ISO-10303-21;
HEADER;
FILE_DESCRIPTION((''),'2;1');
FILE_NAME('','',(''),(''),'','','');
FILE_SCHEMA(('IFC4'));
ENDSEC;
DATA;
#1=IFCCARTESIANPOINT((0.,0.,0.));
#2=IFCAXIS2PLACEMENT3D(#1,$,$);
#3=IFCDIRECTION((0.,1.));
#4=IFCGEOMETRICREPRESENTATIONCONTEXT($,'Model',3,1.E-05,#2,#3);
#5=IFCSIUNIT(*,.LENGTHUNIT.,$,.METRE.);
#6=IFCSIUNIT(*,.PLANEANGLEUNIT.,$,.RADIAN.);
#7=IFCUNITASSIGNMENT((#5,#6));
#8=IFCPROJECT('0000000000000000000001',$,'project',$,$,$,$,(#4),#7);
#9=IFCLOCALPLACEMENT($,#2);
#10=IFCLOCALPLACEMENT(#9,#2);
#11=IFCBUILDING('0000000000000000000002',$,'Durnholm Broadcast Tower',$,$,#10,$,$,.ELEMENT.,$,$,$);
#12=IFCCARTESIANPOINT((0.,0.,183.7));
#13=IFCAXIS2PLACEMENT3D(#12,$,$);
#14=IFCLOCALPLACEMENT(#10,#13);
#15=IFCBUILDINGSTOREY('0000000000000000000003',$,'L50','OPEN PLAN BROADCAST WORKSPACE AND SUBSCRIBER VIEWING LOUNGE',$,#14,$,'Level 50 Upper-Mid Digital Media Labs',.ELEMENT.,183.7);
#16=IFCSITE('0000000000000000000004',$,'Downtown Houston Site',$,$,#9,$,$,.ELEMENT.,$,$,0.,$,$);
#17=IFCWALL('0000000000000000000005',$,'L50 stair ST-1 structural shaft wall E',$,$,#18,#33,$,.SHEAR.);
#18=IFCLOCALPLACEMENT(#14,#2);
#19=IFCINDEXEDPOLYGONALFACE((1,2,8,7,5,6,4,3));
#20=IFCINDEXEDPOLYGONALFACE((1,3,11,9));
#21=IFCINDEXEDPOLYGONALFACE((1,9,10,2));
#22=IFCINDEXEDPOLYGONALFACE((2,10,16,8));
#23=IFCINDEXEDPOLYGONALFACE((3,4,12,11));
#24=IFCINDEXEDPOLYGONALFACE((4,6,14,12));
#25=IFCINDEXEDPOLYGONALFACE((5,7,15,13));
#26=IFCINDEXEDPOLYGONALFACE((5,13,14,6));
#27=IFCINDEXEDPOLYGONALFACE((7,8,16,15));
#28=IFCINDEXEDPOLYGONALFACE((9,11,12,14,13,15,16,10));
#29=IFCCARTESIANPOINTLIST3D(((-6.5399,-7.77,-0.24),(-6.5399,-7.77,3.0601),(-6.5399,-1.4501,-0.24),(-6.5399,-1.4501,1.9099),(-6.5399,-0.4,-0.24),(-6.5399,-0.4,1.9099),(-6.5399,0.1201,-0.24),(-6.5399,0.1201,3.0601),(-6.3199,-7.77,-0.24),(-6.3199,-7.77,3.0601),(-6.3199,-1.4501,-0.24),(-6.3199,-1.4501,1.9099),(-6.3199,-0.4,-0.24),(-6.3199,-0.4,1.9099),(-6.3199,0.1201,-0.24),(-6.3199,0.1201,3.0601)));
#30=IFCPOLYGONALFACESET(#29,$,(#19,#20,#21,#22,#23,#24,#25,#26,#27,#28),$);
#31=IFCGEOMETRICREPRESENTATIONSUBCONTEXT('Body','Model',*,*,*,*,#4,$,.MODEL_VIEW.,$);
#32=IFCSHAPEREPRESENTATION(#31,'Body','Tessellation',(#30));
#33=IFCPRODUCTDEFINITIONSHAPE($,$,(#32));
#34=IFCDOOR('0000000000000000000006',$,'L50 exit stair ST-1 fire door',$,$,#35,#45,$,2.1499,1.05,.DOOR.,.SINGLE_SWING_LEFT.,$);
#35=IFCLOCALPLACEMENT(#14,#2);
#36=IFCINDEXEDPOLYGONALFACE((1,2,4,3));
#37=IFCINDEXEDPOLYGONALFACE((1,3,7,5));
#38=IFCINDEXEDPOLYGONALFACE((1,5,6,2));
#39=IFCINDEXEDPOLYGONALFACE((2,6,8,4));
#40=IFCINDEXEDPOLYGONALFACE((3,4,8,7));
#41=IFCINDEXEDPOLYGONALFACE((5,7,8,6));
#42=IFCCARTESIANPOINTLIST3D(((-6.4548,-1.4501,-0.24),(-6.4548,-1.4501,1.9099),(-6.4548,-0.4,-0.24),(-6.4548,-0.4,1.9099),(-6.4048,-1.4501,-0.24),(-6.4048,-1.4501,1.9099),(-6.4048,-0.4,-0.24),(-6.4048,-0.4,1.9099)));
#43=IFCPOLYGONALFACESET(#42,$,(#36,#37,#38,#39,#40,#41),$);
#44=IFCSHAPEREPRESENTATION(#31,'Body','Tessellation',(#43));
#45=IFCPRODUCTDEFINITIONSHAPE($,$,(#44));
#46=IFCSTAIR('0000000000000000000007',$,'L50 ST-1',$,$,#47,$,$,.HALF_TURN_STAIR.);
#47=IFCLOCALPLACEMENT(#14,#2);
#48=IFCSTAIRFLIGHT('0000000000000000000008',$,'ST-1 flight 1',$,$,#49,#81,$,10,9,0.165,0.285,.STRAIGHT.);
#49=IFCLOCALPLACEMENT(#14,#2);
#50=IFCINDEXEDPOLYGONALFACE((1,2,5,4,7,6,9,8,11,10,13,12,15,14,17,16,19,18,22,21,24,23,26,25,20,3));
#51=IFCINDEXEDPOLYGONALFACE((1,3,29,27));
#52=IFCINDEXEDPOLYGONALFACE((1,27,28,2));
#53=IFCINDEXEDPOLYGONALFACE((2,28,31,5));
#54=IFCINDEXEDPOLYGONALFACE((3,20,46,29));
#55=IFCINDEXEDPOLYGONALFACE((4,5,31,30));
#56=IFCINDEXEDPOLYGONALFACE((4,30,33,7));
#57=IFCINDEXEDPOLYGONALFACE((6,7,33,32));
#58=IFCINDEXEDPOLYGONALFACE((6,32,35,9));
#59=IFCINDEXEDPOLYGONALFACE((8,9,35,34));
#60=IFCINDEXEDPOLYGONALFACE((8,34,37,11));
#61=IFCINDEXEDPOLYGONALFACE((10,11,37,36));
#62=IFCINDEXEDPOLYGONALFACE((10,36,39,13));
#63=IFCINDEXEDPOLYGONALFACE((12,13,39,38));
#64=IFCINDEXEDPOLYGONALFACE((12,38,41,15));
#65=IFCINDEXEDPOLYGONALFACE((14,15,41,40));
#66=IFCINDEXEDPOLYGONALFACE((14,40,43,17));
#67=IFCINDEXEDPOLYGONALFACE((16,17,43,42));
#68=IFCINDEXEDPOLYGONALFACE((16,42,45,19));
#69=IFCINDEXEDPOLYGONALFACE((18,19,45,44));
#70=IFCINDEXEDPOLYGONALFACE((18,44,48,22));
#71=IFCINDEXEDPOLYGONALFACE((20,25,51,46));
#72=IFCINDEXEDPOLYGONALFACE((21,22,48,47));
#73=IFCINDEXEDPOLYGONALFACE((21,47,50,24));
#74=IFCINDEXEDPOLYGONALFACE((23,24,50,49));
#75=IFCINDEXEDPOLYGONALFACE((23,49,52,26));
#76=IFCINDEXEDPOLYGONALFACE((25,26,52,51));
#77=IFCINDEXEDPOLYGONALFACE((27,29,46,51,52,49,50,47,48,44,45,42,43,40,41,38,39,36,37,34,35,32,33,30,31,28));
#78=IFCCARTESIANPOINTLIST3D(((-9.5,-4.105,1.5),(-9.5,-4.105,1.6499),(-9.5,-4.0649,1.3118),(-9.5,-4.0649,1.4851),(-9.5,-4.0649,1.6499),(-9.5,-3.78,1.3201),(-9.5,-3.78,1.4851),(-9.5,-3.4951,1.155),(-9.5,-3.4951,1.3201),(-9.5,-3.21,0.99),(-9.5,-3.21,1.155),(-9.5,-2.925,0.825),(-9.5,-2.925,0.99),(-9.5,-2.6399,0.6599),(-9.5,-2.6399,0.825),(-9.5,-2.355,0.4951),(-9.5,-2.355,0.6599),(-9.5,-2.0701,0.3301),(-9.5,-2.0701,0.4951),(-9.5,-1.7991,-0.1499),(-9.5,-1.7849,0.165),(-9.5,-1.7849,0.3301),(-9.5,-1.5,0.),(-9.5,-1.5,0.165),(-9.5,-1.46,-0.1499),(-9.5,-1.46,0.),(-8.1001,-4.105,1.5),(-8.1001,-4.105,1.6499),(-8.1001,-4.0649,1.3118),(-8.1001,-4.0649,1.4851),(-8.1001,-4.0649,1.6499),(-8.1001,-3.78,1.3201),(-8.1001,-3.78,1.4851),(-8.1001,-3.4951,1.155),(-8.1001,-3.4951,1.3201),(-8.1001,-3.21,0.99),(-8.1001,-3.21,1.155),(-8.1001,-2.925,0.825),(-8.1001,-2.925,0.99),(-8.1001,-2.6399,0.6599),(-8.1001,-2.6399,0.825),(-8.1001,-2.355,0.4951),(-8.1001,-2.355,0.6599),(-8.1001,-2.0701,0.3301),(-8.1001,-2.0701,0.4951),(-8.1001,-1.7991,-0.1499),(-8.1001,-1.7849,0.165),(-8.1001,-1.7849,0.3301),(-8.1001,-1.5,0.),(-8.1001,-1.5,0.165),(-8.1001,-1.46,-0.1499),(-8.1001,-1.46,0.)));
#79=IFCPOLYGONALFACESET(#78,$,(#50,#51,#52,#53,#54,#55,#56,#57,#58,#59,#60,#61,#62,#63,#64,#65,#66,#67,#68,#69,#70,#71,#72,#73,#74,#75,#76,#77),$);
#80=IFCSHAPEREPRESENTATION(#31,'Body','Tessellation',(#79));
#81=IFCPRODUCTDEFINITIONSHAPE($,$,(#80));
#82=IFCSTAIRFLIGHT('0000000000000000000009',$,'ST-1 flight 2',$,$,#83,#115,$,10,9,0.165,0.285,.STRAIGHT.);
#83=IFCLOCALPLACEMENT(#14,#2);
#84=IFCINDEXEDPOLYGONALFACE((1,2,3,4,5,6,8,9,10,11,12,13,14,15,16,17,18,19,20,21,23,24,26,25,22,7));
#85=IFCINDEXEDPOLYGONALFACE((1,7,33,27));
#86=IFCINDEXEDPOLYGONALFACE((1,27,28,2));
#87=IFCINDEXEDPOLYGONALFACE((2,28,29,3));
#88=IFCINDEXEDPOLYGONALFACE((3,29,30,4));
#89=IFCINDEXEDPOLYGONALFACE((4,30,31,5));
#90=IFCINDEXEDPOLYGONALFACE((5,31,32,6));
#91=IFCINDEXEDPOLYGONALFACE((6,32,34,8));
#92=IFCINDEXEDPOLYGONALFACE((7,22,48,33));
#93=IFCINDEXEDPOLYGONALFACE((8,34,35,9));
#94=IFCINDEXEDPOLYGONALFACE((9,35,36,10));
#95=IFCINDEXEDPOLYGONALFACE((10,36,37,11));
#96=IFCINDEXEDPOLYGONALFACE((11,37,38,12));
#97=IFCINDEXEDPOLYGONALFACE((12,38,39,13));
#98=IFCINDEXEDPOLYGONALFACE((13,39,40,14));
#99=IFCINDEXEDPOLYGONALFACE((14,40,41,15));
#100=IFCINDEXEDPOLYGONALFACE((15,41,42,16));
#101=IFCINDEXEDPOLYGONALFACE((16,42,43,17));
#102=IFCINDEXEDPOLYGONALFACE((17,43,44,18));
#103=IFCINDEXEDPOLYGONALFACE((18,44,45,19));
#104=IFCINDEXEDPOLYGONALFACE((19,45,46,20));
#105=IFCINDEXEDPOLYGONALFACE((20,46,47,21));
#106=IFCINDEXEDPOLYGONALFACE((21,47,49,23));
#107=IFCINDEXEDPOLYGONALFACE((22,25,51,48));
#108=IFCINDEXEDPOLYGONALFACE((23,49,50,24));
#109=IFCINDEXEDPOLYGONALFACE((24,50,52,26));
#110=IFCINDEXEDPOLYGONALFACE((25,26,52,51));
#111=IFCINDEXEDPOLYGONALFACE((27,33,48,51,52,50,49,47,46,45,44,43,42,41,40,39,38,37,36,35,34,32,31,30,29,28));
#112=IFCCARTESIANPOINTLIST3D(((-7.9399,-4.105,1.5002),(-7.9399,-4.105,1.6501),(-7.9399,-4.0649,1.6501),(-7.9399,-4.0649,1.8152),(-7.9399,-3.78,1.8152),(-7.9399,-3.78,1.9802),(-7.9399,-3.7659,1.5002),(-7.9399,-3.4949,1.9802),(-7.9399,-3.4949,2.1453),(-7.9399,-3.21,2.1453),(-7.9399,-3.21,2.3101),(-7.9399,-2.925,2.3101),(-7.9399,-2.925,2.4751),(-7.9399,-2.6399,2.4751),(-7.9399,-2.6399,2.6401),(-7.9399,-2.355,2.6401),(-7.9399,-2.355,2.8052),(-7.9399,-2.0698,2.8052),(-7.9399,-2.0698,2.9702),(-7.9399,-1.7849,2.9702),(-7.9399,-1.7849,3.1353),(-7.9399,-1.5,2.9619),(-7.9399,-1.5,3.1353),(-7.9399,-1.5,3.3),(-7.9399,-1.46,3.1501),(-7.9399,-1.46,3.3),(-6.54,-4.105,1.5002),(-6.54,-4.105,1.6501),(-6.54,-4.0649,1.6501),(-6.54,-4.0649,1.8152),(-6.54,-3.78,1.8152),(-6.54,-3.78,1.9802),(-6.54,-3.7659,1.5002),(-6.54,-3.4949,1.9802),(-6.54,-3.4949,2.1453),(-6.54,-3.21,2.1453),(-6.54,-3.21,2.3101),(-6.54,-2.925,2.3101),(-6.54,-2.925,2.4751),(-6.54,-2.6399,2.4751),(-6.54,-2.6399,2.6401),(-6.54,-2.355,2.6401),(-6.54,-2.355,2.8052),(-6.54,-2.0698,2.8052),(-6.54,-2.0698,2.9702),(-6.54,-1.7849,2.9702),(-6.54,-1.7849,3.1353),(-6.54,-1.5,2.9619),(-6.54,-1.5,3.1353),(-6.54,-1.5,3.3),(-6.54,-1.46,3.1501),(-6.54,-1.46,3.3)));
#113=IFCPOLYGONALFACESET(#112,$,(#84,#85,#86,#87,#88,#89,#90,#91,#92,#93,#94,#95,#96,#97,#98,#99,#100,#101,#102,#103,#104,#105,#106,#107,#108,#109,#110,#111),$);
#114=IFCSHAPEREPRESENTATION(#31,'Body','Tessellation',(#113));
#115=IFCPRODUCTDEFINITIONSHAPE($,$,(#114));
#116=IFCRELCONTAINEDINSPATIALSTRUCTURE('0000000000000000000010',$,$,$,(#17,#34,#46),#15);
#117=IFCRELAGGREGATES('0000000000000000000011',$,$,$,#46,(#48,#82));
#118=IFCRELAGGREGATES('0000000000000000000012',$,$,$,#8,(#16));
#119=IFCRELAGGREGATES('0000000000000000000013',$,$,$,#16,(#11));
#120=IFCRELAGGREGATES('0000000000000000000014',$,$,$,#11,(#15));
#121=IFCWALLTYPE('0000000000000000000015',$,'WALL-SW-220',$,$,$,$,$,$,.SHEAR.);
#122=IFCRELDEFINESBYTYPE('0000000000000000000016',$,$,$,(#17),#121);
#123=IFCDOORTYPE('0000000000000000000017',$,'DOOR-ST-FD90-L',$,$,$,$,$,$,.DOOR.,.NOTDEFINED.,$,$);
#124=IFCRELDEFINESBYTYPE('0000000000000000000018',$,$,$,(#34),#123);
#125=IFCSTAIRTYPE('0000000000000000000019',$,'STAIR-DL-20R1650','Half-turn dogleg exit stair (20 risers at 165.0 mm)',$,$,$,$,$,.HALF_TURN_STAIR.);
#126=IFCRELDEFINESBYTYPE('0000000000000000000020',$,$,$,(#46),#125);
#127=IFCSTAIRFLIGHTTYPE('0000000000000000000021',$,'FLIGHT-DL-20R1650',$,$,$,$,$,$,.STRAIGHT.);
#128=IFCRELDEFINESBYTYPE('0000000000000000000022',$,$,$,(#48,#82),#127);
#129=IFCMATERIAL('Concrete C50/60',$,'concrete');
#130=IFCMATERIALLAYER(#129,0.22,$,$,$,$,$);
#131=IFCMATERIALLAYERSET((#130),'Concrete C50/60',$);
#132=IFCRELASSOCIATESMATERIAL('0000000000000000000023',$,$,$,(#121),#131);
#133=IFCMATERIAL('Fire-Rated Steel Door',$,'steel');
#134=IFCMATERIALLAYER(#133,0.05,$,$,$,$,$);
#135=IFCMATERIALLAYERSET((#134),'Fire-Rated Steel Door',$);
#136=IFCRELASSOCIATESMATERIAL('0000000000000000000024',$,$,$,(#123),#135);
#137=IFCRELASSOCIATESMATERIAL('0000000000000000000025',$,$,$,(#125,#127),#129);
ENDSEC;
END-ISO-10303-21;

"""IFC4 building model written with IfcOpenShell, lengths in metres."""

from ifc_helpers import new_model, si_unit, direction, frame, frame_2d, origin, place, context, subcontext, project, spatial, polyline, rectangle, outline, extrude, source, transform, mapped, material, layer, layer_set, type_object, type_shapes, element, fill, aggregate, save


model = new_model("IFC4")

# Units and contexts
model_context = context("Model", 3, precision=1e-05, world=origin(), true_north=direction((0.0, 1.0)))
body_context = subcontext(model_context, "Body", "Model", "MODEL_VIEW")
ifc_project = project(units=[si_unit("LENGTHUNIT", "METRE"), si_unit("PLANEANGLEUNIT", "RADIAN")], contexts=[model_context])

# Site, building, storey
site_placement = place(None, origin())
site = spatial("IfcSite", under=ifc_project, at=site_placement, Name="Downtown Houston Site", CompositionType="ELEMENT", RefElevation=0.0)
building_placement = place(site_placement, origin())
building = spatial("IfcBuilding", under=site, at=building_placement, Name="Durnholm Broadcast Tower", CompositionType="ELEMENT")
storey_placement = place(building_placement, frame((0.0, 0.0, 183.7)))
storey = spatial("IfcBuildingStorey", under=building, at=storey_placement, Name="L50", Description="OPEN PLAN BROADCAST WORKSPACE AND SUBSCRIBER VIEWING LOUNGE", LongName="Level 50 Upper-Mid Digital Media Labs", CompositionType="ELEMENT", Elevation=183.7)

# Shared definitions
ifc_material_1 = material(Name="Concrete C50/60", Category="concrete")

# Wall, opening, door
ifc_layer_1 = layer(ifc_material_1, 0.22)
ifc_layer_set_1 = layer_set([ifc_layer_1], Name="Concrete C50/60")
wall_type_1 = type_object("IfcWallType", Name="WALL-SW-220", PredefinedType="SHEAR", material=ifc_layer_set_1)
wall_1_placement = place(storey_placement, frame((-6.4299, -7.77, -0.24), z_axis=(0.0, 0.0, 1.0), x_axis=(0.0, 1.0, 0.0)))
wall_1 = element("IfcWall", 1, at=wall_1_placement, inside=storey, type_object=wall_type_1, Name="L50 stair ST-1 structural shaft wall E", PredefinedType="SHEAR", context=body_context, shape_type="SweptSolid", body=[
    extrude(rectangle(XDim=7.8901, YDim=0.22, at=frame_2d((3.9451, 0.0))), origin(), (0.0, 0.0, 1.0), 3.3),
])
opening_1_placement = place(wall_1_placement, frame((6.3201, 0.0, 0.0)))
opening_1 = element("IfcOpeningElement", 2, at=opening_1_placement, cuts=wall_1, PredefinedType="OPENING", context=body_context, shape_type="SweptSolid", body=[
    extrude(rectangle(XDim=1.05, YDim=2.1499, at=frame_2d((0.5249, 1.075))), frame((0.0, 0.1201, 0.0), z_axis=(0.0, -1.0, 0.0), x_axis=(1.0, 0.0, 0.0)), (0.0, 0.0, 1.0), 0.24),
])
ifc_material_2 = material(Name="Fire-Rated Steel Door", Category="steel")
ifc_layer_2 = layer(ifc_material_2, 0.05)
ifc_layer_set_2 = layer_set([ifc_layer_2], Name="Fire-Rated Steel Door")
door_type_1 = type_object("IfcDoorType", Name="DOOR-ST-FD90-L", OperationType="NOTDEFINED", PredefinedType="DOOR", material=ifc_layer_set_2)
shared_shape_1 = source(origin(), body_context, "Body", "SweptSolid", [
    extrude(rectangle(XDim=1.05, YDim=2.1499, at=frame_2d((0.5249, 1.075))), frame((0.0, 0.0249, 0.0), z_axis=(0.0, -1.0, 0.0), x_axis=(1.0, 0.0, 0.0)), (0.0, 0.0, 1.0), 0.05),
])
type_shapes(door_type_1, [shared_shape_1])
door_1_placement = place(opening_1_placement, origin())
door_1 = element("IfcDoor", 3, at=door_1_placement, inside=storey, type_object=door_type_1, Name="L50 exit stair ST-1 fire door", OperationType="SINGLE_SWING_LEFT", OverallHeight=2.1499, OverallWidth=1.05, PredefinedType="DOOR", context=body_context, shape_type="MappedRepresentation", body=[
    mapped(shared_shape_1, transform((0.0, 0.0, 0.0), x_axis=(1.0, 0.0, 0.0), y_axis=(0.0, 1.0, 0.0), z_axis=(0.0, 0.0, 1.0), scale=1.0)),
])
fill(opening_1, door_1)

# Stair, stair flights
stair_type = type_object("IfcStairType", Name="STAIR-DL-20R1650", Description="Half-turn dogleg exit stair (20 risers at 165.0 mm)", PredefinedType="HALF_TURN_STAIR", material=ifc_material_1)
stair_placement = place(storey_placement, origin())
stair = element("IfcStair", 4, at=stair_placement, inside=storey, type_object=stair_type, Name="L50 ST-1", PredefinedType="HALF_TURN_STAIR")
stair_flight_type = type_object("IfcStairFlightType", Name="FLIGHT-DL-20R1650", PredefinedType="STRAIGHT", material=ifc_material_1)
stair_flight_1_placement = place(storey_placement, frame((-8.8, -1.5, 0.0), z_axis=(0.0, 0.0, 1.0), x_axis=(0.0, -1.0, 0.0)))
stair_flight_1 = element("IfcStairFlight", 5, at=stair_flight_1_placement, type_object=stair_flight_type, Name="ST-1 flight 1", NumberOfRisers=10, NumberOfTreads=9, PredefinedType="STRAIGHT", RiserHeight=0.165, TreadLength=0.285, context=body_context, shape_type="SweptSolid", body=[
    extrude(outline(polyline([(-0.04, -0.1499), (-0.04, 0.0), (0.0, 0.0), (0.0, 0.165), (0.2849, 0.165), (0.2849, 0.3301), (0.5701, 0.3301), (0.5701, 0.4951), (0.855, 0.4951), (0.855, 0.6599), (1.1399, 0.6599), (1.1399, 0.825), (1.425, 0.825), (1.425, 0.99), (1.71, 0.99), (1.71, 1.155), (1.9951, 1.155), (1.9951, 1.3201), (2.28, 1.3201), (2.28, 1.4851), (2.5649, 1.4851), (2.5649, 1.6499), (2.605, 1.6499), (2.605, 1.5), (2.5649, 1.3118), (0.2991, -0.1499), (-0.04, -0.1499)])), frame((0.0, 0.7, 0.0), z_axis=(0.0, -1.0, 0.0), x_axis=(1.0, 0.0, 0.0)), (0.0, 0.0, 1.0), 1.3999),
])
stair_flight_2_placement = place(storey_placement, frame((-7.24, -4.0649, 1.6501), z_axis=(0.0, 0.0, 1.0), x_axis=(0.0, 1.0, 0.0)))
stair_flight_2 = element("IfcStairFlight", 6, at=stair_flight_2_placement, type_object=stair_flight_type, Name="ST-1 flight 2", NumberOfRisers=10, NumberOfTreads=9, PredefinedType="STRAIGHT", RiserHeight=0.165, TreadLength=0.285, context=body_context, shape_type="SweptSolid", body=[
    extrude(outline(polyline([(-0.04, -0.1499), (-0.04, 0.0), (0.0, 0.0), (0.0, 0.165), (0.2849, 0.165), (0.2849, 0.3301), (0.5701, 0.3301), (0.5701, 0.4951), (0.855, 0.4951), (0.855, 0.6599), (1.1399, 0.6599), (1.1399, 0.825), (1.425, 0.825), (1.425, 0.99), (1.71, 0.99), (1.71, 1.155), (1.9951, 1.155), (1.9951, 1.3201), (2.28, 1.3201), (2.28, 1.4851), (2.5649, 1.4851), (2.5649, 1.6499), (2.605, 1.6499), (2.605, 1.5), (2.5649, 1.3118), (0.2991, -0.1499), (-0.04, -0.1499)])), frame((0.0, 0.7, 0.0), z_axis=(0.0, -1.0, 0.0), x_axis=(1.0, 0.0, 0.0)), (0.0, 0.0, 1.0), 1.3999),
])
aggregate(stair, [stair_flight_1, stair_flight_2])

save(model, "model.ifc")
